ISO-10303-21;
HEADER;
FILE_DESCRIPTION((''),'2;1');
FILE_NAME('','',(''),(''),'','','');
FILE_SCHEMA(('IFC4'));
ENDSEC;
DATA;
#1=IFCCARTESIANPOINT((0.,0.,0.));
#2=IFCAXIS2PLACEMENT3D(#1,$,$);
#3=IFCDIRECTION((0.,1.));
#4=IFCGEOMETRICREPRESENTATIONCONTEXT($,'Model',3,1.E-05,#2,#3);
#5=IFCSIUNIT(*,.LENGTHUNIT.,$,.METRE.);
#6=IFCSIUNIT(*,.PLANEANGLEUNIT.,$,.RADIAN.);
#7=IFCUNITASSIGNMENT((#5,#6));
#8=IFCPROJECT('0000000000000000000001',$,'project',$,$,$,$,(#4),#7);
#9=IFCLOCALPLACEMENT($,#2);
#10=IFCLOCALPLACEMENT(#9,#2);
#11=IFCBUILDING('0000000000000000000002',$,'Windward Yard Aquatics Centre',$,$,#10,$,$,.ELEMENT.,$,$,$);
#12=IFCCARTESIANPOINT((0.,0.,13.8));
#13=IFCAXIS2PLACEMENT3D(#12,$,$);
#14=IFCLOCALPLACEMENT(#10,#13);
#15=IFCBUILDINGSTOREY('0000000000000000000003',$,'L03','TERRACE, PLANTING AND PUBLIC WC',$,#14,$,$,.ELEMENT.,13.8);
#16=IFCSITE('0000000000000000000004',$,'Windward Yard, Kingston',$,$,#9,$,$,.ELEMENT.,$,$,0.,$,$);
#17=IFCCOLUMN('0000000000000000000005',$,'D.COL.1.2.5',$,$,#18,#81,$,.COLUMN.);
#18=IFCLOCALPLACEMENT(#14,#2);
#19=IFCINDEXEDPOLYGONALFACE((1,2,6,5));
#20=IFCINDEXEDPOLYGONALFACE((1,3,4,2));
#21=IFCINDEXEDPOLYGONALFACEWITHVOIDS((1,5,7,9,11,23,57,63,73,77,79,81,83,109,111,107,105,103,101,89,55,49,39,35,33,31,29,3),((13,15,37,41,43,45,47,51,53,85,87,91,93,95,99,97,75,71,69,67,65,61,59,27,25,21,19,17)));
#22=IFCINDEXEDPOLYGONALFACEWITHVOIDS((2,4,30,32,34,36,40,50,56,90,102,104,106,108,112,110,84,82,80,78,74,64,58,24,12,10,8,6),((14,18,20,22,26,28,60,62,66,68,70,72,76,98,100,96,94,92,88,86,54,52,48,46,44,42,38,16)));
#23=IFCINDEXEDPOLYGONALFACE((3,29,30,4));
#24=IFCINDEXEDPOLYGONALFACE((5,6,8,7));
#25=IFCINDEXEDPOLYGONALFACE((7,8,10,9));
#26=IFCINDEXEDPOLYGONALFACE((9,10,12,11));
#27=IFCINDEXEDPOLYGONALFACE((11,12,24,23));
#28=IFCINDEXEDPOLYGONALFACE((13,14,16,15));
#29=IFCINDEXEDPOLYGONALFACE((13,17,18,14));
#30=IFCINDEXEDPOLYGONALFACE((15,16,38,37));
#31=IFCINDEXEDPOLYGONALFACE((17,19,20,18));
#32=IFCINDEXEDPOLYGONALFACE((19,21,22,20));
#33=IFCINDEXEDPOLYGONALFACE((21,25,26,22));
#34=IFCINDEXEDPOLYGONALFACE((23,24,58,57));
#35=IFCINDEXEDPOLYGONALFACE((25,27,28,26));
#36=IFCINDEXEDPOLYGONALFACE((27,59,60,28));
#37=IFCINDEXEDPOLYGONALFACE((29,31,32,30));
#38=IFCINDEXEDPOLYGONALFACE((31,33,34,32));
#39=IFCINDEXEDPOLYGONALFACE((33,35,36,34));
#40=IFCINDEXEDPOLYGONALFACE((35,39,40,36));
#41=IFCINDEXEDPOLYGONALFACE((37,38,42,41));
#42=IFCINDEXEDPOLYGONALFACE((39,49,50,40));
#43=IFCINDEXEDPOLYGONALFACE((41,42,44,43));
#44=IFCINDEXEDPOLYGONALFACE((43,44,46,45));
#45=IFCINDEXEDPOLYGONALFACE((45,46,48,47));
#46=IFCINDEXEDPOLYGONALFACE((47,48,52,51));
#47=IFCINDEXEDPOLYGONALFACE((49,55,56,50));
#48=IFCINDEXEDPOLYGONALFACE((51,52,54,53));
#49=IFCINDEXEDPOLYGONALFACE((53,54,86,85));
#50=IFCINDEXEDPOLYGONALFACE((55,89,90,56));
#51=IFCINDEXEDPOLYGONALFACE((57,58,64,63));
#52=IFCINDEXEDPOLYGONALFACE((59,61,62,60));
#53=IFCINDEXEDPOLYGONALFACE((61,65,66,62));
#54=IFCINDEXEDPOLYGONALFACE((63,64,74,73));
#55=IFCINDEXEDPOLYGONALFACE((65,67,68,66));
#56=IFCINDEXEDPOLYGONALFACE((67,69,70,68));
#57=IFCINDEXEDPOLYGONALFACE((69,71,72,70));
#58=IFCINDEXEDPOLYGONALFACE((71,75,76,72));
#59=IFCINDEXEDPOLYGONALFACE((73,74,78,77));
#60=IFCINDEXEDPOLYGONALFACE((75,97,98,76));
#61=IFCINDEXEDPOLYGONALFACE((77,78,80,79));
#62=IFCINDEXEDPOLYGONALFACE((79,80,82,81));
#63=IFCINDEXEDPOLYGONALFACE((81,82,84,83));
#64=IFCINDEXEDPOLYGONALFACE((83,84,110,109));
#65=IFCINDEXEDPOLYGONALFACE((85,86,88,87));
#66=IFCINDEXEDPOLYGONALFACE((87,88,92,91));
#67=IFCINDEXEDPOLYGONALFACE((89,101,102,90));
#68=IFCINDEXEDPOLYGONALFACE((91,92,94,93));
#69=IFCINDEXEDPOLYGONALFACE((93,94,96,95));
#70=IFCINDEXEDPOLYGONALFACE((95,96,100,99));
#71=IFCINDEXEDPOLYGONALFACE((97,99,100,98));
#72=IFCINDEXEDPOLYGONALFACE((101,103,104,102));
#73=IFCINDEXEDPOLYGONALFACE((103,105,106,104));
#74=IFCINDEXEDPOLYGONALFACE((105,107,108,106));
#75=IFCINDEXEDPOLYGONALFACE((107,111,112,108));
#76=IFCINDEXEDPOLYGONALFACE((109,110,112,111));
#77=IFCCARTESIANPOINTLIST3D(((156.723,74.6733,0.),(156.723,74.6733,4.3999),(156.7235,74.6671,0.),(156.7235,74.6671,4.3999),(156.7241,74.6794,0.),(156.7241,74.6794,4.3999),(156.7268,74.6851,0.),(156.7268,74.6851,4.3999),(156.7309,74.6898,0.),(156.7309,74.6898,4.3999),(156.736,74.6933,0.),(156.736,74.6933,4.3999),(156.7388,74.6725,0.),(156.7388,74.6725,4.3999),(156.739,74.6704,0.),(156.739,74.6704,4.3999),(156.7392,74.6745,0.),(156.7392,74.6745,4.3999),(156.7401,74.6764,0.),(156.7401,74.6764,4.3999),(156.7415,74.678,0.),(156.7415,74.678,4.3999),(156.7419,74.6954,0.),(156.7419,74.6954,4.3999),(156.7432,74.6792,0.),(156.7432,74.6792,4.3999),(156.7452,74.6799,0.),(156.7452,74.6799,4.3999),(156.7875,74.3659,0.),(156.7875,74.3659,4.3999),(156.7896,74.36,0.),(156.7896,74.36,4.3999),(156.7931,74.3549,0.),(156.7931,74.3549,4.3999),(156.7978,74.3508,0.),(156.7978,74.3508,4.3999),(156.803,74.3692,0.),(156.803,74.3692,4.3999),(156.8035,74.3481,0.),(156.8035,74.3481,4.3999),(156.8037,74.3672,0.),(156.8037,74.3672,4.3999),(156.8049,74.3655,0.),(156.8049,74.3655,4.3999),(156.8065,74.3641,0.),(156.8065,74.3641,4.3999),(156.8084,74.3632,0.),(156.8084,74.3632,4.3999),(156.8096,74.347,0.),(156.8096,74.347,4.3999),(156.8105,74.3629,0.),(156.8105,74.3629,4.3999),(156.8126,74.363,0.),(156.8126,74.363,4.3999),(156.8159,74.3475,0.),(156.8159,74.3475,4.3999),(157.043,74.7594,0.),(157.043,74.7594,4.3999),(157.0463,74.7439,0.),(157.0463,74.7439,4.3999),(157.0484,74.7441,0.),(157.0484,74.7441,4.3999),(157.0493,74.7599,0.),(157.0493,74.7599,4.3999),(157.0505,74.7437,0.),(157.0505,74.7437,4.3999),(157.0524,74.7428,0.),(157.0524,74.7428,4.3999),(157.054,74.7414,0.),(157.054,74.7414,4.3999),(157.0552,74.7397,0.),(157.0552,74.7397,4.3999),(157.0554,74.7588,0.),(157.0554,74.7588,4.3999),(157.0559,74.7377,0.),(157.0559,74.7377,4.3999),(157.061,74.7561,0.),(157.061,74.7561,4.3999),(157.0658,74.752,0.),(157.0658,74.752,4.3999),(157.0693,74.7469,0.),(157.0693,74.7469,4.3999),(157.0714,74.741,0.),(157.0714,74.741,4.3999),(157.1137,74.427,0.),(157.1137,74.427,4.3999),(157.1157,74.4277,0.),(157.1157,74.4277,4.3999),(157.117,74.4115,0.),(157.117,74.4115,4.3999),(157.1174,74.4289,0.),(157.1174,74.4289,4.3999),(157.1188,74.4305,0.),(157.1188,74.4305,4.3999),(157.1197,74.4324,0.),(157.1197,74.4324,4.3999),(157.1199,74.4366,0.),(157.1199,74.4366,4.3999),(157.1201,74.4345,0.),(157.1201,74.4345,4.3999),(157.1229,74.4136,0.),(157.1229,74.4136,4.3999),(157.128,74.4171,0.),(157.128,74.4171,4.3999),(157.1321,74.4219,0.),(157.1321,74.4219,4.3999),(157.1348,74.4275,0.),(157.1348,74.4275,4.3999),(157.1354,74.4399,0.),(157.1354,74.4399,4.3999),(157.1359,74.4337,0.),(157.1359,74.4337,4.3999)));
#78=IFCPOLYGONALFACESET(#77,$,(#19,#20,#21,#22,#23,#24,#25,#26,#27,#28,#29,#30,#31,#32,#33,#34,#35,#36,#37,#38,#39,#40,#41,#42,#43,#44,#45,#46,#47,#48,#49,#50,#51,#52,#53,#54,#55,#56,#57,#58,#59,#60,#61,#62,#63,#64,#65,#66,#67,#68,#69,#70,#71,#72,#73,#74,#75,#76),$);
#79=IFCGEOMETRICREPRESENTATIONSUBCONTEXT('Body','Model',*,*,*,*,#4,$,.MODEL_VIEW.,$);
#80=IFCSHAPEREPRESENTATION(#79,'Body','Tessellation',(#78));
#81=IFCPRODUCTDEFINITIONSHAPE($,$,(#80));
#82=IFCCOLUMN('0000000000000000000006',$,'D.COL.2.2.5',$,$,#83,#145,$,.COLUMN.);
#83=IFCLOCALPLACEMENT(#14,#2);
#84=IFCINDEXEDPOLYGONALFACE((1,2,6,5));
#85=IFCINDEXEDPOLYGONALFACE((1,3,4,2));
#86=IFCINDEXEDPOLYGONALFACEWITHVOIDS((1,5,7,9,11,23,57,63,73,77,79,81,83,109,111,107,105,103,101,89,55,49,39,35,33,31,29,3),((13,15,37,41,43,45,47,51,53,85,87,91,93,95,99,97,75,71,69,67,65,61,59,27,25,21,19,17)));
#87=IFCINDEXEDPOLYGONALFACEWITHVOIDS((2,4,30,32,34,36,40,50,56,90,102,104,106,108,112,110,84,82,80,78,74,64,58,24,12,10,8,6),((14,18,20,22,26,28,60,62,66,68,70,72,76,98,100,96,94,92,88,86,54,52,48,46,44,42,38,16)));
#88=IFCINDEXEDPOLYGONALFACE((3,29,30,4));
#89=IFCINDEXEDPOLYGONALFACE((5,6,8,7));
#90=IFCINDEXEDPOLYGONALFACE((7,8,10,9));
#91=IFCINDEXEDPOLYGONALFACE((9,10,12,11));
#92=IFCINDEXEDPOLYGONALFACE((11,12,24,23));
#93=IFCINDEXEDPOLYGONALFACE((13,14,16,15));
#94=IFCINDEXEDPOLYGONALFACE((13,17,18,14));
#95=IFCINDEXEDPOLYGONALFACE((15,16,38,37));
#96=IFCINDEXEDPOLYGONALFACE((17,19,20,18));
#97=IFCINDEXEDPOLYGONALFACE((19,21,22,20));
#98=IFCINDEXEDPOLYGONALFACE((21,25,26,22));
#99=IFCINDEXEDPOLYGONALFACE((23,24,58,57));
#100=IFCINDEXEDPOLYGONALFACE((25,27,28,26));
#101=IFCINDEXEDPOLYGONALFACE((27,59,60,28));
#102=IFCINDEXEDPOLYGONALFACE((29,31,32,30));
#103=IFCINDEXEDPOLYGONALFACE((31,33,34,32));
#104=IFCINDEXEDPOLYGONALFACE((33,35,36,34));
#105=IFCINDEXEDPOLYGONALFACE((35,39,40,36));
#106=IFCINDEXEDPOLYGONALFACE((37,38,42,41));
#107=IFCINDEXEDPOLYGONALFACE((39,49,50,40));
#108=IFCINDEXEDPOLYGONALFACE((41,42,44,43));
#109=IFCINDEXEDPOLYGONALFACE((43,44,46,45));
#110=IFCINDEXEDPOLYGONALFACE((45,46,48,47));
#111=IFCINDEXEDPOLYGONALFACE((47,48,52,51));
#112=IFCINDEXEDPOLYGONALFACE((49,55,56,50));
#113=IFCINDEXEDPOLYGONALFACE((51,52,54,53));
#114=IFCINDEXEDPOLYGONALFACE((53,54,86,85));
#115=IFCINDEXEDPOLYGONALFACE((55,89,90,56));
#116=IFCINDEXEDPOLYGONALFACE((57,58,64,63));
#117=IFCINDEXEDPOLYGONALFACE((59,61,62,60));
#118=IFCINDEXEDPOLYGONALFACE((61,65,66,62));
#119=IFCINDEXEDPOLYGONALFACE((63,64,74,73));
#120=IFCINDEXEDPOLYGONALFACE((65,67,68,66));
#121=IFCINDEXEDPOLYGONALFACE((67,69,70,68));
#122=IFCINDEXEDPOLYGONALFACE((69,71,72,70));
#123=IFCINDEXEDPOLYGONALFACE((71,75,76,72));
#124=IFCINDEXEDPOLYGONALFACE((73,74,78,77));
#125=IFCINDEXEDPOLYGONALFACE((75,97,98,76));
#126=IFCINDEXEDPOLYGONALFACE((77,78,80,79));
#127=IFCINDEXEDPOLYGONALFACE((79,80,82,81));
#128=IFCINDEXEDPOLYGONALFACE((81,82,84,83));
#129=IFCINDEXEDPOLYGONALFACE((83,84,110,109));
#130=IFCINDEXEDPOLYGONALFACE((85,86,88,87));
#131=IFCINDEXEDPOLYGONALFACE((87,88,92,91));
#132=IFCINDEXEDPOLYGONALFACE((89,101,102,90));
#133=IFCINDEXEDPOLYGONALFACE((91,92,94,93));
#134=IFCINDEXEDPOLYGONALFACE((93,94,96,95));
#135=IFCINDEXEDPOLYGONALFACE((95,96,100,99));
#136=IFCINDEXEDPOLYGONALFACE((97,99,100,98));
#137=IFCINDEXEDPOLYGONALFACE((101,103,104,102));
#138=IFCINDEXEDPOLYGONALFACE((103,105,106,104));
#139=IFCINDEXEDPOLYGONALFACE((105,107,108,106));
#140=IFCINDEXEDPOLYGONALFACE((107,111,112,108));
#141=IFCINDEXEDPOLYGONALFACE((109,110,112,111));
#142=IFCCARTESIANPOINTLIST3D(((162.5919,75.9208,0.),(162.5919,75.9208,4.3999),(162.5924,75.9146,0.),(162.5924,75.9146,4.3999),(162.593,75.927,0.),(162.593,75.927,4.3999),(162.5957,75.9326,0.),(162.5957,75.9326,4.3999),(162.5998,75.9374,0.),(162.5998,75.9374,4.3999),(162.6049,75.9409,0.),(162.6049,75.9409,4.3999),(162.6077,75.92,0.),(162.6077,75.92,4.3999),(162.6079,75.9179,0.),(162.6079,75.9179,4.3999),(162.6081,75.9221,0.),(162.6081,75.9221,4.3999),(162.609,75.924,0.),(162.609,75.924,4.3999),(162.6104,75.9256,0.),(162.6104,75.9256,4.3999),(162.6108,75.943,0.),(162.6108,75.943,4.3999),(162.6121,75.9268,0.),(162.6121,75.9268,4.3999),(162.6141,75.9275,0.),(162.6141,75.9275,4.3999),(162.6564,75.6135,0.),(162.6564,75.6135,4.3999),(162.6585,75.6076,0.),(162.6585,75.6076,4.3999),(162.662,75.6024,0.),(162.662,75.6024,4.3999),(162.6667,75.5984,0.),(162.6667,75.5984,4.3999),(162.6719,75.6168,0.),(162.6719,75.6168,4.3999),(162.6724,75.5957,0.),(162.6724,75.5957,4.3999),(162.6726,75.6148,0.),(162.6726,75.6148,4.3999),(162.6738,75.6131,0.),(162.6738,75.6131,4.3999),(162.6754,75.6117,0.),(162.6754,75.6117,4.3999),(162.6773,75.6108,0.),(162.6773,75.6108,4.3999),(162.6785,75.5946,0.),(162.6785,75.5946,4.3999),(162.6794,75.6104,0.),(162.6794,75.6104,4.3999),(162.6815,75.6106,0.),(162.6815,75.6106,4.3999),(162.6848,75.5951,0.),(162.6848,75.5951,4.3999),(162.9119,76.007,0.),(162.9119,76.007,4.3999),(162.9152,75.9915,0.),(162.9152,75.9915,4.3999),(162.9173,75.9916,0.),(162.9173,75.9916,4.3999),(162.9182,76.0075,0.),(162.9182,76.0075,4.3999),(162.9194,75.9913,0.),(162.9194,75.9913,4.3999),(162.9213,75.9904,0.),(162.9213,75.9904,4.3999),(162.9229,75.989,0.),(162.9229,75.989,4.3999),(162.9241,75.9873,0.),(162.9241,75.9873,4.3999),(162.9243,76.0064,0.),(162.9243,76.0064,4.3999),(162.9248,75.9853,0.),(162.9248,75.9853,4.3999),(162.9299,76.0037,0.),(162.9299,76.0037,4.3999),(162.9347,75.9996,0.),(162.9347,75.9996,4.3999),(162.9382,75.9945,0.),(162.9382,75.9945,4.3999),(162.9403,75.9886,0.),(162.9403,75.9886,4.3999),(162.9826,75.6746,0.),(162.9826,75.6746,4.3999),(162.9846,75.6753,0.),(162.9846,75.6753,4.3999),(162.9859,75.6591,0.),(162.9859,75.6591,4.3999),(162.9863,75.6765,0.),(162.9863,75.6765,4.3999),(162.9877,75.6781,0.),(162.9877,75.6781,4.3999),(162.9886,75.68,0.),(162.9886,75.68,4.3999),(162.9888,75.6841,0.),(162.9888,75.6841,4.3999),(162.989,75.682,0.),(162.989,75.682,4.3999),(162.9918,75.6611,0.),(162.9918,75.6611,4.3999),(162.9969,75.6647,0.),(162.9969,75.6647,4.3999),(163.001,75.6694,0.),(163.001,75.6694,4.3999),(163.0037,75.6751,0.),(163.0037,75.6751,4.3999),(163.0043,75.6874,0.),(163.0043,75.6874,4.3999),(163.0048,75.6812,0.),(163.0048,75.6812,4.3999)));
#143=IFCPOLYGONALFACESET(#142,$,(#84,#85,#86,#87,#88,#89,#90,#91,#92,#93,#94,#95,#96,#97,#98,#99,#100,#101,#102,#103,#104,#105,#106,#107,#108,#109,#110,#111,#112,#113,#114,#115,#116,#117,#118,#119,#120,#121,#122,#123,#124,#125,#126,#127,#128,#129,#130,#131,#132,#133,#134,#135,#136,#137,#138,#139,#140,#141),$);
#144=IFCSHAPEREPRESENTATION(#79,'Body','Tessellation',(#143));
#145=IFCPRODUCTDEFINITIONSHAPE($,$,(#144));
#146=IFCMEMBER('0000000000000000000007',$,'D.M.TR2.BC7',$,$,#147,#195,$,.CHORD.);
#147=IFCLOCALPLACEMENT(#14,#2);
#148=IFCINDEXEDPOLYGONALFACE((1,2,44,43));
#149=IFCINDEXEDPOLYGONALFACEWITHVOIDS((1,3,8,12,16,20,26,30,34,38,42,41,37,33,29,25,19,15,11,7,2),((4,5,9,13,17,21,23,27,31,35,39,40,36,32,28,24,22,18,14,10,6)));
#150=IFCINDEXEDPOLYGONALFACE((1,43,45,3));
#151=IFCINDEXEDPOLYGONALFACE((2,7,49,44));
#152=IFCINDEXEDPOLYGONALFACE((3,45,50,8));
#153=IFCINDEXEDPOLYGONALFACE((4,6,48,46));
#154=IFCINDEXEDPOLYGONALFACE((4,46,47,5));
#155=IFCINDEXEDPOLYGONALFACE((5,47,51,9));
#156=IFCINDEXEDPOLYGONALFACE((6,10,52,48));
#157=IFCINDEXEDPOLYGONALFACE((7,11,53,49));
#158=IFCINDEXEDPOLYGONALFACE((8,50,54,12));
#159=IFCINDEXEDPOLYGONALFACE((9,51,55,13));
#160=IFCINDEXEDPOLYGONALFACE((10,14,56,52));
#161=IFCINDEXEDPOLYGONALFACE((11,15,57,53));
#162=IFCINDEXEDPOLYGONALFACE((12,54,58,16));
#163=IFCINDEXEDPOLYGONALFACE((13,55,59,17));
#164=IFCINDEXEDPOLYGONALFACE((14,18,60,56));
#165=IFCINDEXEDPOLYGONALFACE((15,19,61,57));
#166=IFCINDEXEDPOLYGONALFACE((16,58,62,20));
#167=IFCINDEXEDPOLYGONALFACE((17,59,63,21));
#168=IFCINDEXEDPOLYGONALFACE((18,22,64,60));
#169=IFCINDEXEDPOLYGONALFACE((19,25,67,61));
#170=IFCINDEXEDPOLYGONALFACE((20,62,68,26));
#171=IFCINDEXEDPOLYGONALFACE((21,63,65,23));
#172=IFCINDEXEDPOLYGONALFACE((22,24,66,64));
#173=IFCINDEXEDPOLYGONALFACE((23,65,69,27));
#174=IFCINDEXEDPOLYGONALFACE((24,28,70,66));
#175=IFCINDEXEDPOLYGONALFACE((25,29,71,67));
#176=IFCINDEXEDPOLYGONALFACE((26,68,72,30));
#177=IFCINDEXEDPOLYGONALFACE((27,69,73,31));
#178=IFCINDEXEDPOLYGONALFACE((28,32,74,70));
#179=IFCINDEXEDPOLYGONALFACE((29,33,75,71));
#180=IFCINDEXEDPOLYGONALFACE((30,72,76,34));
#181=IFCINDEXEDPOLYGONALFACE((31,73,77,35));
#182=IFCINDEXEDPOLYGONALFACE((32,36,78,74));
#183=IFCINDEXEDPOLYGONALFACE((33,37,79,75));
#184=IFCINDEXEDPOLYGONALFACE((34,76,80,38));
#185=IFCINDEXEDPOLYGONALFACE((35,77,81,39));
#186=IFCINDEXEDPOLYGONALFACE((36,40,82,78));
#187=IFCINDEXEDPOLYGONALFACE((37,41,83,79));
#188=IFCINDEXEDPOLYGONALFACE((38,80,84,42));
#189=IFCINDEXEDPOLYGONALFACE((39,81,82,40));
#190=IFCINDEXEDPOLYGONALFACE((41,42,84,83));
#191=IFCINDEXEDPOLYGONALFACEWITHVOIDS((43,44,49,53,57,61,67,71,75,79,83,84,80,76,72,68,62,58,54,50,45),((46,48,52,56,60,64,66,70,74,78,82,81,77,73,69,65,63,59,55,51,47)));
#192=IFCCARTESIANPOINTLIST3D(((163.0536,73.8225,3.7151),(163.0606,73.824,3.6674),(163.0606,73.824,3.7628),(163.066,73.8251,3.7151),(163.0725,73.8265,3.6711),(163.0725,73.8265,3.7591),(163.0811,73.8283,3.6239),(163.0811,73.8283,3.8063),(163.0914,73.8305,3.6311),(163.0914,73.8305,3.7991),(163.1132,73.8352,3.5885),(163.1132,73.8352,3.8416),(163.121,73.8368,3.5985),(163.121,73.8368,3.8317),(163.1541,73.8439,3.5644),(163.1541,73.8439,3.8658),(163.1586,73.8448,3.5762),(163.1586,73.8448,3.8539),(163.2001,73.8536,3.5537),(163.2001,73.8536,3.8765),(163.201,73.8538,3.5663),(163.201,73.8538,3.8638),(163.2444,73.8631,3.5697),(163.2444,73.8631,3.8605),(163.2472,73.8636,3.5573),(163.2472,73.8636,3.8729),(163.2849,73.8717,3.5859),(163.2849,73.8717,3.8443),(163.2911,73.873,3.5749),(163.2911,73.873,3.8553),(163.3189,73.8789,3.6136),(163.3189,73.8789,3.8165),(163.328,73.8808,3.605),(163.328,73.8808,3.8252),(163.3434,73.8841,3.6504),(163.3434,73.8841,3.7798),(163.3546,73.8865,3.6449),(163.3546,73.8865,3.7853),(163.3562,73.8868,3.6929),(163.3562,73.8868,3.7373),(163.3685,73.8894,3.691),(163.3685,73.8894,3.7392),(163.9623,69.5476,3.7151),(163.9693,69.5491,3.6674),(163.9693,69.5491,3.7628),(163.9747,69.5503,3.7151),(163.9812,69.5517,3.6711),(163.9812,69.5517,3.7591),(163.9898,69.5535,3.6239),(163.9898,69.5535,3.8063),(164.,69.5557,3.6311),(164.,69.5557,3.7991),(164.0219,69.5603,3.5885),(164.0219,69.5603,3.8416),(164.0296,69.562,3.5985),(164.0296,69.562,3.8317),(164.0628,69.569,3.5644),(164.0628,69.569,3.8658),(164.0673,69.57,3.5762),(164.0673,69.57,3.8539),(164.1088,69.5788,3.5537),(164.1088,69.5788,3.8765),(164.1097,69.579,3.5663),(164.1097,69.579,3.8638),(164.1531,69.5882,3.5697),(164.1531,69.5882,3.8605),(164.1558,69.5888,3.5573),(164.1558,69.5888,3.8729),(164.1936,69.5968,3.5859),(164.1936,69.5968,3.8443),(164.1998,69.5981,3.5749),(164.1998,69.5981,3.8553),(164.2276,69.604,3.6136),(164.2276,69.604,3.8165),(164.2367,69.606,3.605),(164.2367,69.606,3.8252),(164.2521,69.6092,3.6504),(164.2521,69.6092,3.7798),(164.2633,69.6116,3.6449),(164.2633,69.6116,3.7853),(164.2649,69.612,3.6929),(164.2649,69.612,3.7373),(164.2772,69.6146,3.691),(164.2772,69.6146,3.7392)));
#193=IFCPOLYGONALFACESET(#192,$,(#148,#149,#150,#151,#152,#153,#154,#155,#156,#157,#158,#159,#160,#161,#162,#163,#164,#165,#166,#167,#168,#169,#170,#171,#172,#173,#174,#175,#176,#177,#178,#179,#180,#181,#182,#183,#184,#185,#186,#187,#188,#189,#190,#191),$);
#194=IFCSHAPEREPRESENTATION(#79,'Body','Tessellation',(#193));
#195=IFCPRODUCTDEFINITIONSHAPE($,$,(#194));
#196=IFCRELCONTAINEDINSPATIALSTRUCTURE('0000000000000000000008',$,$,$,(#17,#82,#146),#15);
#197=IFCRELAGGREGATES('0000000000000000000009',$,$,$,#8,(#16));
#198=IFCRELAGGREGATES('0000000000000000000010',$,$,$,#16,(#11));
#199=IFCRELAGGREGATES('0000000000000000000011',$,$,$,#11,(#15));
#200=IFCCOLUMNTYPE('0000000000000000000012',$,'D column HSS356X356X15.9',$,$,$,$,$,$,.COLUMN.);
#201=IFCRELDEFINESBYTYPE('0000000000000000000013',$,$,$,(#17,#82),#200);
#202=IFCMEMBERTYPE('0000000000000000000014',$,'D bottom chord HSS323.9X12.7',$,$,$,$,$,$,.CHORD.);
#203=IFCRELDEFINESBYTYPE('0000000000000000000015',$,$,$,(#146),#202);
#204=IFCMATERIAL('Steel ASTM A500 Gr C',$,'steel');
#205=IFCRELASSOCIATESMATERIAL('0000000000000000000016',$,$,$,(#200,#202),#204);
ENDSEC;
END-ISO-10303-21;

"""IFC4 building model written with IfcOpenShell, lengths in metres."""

from ifc_helpers import new_model, si_unit, direction, frame, origin, origin_2d, place, context, subcontext, project, spatial, hollow_rectangle, hollow_circle, extrude, material, material_profile, profile_set, type_object, element, save


model = new_model("IFC4")

# Units and contexts
model_context = context("Model", 3, precision=1e-05, world=origin(), true_north=direction((0.0, 1.0)))
body_context = subcontext(model_context, "Body", "Model", "MODEL_VIEW")
ifc_project = project(units=[si_unit("LENGTHUNIT", "METRE"), si_unit("PLANEANGLEUNIT", "RADIAN")], contexts=[model_context])

# Site, building, storey
site_placement = place(None, origin())
site = spatial("IfcSite", under=ifc_project, at=site_placement, Name="Windward Yard, Kingston", CompositionType="ELEMENT", RefElevation=0.0)
building_placement = place(site_placement, origin())
building = spatial("IfcBuilding", under=site, at=building_placement, Name="Windward Yard Aquatics Centre", CompositionType="ELEMENT")
storey_placement = place(building_placement, frame((0.0, 0.0, 13.8)))
storey = spatial("IfcBuildingStorey", under=building, at=storey_placement, Name="L03", Description="TERRACE, PLANTING AND PUBLIC WC", CompositionType="ELEMENT", Elevation=13.8)

# Columns
ifc_material_1 = material(Name="Steel ASTM A500 Gr C", Category="steel")
ifc_material_profile_1 = material_profile(ifc_material_1, hollow_rectangle(XDim=0.3557, YDim=0.3557, WallThickness=0.0159, InnerFilletRadius=0.0081, OuterFilletRadius=0.0239, at=origin_2d()), Name="HSS356X356X15.9")
ifc_profile_set_1 = profile_set([ifc_material_profile_1], Name="Steel ASTM A500 Gr C")
column_type = type_object("IfcColumnType", Name="D column HSS356X356X15.9", PredefinedType="COLUMN", material=ifc_profile_set_1)
for number, where, z_axis, x_axis, name in (
    (1, (156.9294, 74.5535, 0.0), (0.0, 0.0, 1.0), (0.978148, 0.207912, 0.0), "D.COL.1.2.5"),
    (2, (162.7983, 75.801, 0.0), (0.0, 0.0, 1.0), (0.978148, 0.207912, 0.0), "D.COL.2.2.5"),
):
    element("IfcColumn", number, at=place(storey_placement, frame(where, z_axis=z_axis, x_axis=x_axis)), inside=storey, type_object=column_type, Name=name, PredefinedType="COLUMN", context=body_context, shape_type="SweptSolid", body=[
        extrude(hollow_rectangle(XDim=0.3557, YDim=0.3557, WallThickness=0.0159, InnerFilletRadius=0.0081, OuterFilletRadius=0.0239, at=origin_2d()), origin(), (0.0, 0.0, 1.0), 4.3999),
    ])

# Member
ifc_material_profile_2 = material_profile(ifc_material_1, hollow_circle(Radius=0.1619, WallThickness=0.0127, at=origin_2d()), Name="HSS323.9X12.7")
ifc_profile_set_2 = profile_set([ifc_material_profile_2], Name="Steel ASTM A500 Gr C")
member_type_1 = type_object("IfcMemberType", Name="D bottom chord HSS323.9X12.7", PredefinedType="CHORD", material=ifc_profile_set_2)
member_1_placement = place(storey_placement, frame((164.1206, 69.5813, 3.7151), z_axis=(-0.207919, 0.978146, 0.0), x_axis=(-0.978146, -0.207919, 0.0)))
element("IfcMember", 3, at=member_1_placement, inside=storey, type_object=member_type_1, Name="D.M.TR2.BC7", PredefinedType="CHORD", context=body_context, shape_type="SweptSolid", body=[
    extrude(hollow_circle(Radius=0.1619, WallThickness=0.0127, at=origin_2d()), origin(), (0.0, 0.0, 1.0), 4.3704),
])

save(model, "model.ifc")
